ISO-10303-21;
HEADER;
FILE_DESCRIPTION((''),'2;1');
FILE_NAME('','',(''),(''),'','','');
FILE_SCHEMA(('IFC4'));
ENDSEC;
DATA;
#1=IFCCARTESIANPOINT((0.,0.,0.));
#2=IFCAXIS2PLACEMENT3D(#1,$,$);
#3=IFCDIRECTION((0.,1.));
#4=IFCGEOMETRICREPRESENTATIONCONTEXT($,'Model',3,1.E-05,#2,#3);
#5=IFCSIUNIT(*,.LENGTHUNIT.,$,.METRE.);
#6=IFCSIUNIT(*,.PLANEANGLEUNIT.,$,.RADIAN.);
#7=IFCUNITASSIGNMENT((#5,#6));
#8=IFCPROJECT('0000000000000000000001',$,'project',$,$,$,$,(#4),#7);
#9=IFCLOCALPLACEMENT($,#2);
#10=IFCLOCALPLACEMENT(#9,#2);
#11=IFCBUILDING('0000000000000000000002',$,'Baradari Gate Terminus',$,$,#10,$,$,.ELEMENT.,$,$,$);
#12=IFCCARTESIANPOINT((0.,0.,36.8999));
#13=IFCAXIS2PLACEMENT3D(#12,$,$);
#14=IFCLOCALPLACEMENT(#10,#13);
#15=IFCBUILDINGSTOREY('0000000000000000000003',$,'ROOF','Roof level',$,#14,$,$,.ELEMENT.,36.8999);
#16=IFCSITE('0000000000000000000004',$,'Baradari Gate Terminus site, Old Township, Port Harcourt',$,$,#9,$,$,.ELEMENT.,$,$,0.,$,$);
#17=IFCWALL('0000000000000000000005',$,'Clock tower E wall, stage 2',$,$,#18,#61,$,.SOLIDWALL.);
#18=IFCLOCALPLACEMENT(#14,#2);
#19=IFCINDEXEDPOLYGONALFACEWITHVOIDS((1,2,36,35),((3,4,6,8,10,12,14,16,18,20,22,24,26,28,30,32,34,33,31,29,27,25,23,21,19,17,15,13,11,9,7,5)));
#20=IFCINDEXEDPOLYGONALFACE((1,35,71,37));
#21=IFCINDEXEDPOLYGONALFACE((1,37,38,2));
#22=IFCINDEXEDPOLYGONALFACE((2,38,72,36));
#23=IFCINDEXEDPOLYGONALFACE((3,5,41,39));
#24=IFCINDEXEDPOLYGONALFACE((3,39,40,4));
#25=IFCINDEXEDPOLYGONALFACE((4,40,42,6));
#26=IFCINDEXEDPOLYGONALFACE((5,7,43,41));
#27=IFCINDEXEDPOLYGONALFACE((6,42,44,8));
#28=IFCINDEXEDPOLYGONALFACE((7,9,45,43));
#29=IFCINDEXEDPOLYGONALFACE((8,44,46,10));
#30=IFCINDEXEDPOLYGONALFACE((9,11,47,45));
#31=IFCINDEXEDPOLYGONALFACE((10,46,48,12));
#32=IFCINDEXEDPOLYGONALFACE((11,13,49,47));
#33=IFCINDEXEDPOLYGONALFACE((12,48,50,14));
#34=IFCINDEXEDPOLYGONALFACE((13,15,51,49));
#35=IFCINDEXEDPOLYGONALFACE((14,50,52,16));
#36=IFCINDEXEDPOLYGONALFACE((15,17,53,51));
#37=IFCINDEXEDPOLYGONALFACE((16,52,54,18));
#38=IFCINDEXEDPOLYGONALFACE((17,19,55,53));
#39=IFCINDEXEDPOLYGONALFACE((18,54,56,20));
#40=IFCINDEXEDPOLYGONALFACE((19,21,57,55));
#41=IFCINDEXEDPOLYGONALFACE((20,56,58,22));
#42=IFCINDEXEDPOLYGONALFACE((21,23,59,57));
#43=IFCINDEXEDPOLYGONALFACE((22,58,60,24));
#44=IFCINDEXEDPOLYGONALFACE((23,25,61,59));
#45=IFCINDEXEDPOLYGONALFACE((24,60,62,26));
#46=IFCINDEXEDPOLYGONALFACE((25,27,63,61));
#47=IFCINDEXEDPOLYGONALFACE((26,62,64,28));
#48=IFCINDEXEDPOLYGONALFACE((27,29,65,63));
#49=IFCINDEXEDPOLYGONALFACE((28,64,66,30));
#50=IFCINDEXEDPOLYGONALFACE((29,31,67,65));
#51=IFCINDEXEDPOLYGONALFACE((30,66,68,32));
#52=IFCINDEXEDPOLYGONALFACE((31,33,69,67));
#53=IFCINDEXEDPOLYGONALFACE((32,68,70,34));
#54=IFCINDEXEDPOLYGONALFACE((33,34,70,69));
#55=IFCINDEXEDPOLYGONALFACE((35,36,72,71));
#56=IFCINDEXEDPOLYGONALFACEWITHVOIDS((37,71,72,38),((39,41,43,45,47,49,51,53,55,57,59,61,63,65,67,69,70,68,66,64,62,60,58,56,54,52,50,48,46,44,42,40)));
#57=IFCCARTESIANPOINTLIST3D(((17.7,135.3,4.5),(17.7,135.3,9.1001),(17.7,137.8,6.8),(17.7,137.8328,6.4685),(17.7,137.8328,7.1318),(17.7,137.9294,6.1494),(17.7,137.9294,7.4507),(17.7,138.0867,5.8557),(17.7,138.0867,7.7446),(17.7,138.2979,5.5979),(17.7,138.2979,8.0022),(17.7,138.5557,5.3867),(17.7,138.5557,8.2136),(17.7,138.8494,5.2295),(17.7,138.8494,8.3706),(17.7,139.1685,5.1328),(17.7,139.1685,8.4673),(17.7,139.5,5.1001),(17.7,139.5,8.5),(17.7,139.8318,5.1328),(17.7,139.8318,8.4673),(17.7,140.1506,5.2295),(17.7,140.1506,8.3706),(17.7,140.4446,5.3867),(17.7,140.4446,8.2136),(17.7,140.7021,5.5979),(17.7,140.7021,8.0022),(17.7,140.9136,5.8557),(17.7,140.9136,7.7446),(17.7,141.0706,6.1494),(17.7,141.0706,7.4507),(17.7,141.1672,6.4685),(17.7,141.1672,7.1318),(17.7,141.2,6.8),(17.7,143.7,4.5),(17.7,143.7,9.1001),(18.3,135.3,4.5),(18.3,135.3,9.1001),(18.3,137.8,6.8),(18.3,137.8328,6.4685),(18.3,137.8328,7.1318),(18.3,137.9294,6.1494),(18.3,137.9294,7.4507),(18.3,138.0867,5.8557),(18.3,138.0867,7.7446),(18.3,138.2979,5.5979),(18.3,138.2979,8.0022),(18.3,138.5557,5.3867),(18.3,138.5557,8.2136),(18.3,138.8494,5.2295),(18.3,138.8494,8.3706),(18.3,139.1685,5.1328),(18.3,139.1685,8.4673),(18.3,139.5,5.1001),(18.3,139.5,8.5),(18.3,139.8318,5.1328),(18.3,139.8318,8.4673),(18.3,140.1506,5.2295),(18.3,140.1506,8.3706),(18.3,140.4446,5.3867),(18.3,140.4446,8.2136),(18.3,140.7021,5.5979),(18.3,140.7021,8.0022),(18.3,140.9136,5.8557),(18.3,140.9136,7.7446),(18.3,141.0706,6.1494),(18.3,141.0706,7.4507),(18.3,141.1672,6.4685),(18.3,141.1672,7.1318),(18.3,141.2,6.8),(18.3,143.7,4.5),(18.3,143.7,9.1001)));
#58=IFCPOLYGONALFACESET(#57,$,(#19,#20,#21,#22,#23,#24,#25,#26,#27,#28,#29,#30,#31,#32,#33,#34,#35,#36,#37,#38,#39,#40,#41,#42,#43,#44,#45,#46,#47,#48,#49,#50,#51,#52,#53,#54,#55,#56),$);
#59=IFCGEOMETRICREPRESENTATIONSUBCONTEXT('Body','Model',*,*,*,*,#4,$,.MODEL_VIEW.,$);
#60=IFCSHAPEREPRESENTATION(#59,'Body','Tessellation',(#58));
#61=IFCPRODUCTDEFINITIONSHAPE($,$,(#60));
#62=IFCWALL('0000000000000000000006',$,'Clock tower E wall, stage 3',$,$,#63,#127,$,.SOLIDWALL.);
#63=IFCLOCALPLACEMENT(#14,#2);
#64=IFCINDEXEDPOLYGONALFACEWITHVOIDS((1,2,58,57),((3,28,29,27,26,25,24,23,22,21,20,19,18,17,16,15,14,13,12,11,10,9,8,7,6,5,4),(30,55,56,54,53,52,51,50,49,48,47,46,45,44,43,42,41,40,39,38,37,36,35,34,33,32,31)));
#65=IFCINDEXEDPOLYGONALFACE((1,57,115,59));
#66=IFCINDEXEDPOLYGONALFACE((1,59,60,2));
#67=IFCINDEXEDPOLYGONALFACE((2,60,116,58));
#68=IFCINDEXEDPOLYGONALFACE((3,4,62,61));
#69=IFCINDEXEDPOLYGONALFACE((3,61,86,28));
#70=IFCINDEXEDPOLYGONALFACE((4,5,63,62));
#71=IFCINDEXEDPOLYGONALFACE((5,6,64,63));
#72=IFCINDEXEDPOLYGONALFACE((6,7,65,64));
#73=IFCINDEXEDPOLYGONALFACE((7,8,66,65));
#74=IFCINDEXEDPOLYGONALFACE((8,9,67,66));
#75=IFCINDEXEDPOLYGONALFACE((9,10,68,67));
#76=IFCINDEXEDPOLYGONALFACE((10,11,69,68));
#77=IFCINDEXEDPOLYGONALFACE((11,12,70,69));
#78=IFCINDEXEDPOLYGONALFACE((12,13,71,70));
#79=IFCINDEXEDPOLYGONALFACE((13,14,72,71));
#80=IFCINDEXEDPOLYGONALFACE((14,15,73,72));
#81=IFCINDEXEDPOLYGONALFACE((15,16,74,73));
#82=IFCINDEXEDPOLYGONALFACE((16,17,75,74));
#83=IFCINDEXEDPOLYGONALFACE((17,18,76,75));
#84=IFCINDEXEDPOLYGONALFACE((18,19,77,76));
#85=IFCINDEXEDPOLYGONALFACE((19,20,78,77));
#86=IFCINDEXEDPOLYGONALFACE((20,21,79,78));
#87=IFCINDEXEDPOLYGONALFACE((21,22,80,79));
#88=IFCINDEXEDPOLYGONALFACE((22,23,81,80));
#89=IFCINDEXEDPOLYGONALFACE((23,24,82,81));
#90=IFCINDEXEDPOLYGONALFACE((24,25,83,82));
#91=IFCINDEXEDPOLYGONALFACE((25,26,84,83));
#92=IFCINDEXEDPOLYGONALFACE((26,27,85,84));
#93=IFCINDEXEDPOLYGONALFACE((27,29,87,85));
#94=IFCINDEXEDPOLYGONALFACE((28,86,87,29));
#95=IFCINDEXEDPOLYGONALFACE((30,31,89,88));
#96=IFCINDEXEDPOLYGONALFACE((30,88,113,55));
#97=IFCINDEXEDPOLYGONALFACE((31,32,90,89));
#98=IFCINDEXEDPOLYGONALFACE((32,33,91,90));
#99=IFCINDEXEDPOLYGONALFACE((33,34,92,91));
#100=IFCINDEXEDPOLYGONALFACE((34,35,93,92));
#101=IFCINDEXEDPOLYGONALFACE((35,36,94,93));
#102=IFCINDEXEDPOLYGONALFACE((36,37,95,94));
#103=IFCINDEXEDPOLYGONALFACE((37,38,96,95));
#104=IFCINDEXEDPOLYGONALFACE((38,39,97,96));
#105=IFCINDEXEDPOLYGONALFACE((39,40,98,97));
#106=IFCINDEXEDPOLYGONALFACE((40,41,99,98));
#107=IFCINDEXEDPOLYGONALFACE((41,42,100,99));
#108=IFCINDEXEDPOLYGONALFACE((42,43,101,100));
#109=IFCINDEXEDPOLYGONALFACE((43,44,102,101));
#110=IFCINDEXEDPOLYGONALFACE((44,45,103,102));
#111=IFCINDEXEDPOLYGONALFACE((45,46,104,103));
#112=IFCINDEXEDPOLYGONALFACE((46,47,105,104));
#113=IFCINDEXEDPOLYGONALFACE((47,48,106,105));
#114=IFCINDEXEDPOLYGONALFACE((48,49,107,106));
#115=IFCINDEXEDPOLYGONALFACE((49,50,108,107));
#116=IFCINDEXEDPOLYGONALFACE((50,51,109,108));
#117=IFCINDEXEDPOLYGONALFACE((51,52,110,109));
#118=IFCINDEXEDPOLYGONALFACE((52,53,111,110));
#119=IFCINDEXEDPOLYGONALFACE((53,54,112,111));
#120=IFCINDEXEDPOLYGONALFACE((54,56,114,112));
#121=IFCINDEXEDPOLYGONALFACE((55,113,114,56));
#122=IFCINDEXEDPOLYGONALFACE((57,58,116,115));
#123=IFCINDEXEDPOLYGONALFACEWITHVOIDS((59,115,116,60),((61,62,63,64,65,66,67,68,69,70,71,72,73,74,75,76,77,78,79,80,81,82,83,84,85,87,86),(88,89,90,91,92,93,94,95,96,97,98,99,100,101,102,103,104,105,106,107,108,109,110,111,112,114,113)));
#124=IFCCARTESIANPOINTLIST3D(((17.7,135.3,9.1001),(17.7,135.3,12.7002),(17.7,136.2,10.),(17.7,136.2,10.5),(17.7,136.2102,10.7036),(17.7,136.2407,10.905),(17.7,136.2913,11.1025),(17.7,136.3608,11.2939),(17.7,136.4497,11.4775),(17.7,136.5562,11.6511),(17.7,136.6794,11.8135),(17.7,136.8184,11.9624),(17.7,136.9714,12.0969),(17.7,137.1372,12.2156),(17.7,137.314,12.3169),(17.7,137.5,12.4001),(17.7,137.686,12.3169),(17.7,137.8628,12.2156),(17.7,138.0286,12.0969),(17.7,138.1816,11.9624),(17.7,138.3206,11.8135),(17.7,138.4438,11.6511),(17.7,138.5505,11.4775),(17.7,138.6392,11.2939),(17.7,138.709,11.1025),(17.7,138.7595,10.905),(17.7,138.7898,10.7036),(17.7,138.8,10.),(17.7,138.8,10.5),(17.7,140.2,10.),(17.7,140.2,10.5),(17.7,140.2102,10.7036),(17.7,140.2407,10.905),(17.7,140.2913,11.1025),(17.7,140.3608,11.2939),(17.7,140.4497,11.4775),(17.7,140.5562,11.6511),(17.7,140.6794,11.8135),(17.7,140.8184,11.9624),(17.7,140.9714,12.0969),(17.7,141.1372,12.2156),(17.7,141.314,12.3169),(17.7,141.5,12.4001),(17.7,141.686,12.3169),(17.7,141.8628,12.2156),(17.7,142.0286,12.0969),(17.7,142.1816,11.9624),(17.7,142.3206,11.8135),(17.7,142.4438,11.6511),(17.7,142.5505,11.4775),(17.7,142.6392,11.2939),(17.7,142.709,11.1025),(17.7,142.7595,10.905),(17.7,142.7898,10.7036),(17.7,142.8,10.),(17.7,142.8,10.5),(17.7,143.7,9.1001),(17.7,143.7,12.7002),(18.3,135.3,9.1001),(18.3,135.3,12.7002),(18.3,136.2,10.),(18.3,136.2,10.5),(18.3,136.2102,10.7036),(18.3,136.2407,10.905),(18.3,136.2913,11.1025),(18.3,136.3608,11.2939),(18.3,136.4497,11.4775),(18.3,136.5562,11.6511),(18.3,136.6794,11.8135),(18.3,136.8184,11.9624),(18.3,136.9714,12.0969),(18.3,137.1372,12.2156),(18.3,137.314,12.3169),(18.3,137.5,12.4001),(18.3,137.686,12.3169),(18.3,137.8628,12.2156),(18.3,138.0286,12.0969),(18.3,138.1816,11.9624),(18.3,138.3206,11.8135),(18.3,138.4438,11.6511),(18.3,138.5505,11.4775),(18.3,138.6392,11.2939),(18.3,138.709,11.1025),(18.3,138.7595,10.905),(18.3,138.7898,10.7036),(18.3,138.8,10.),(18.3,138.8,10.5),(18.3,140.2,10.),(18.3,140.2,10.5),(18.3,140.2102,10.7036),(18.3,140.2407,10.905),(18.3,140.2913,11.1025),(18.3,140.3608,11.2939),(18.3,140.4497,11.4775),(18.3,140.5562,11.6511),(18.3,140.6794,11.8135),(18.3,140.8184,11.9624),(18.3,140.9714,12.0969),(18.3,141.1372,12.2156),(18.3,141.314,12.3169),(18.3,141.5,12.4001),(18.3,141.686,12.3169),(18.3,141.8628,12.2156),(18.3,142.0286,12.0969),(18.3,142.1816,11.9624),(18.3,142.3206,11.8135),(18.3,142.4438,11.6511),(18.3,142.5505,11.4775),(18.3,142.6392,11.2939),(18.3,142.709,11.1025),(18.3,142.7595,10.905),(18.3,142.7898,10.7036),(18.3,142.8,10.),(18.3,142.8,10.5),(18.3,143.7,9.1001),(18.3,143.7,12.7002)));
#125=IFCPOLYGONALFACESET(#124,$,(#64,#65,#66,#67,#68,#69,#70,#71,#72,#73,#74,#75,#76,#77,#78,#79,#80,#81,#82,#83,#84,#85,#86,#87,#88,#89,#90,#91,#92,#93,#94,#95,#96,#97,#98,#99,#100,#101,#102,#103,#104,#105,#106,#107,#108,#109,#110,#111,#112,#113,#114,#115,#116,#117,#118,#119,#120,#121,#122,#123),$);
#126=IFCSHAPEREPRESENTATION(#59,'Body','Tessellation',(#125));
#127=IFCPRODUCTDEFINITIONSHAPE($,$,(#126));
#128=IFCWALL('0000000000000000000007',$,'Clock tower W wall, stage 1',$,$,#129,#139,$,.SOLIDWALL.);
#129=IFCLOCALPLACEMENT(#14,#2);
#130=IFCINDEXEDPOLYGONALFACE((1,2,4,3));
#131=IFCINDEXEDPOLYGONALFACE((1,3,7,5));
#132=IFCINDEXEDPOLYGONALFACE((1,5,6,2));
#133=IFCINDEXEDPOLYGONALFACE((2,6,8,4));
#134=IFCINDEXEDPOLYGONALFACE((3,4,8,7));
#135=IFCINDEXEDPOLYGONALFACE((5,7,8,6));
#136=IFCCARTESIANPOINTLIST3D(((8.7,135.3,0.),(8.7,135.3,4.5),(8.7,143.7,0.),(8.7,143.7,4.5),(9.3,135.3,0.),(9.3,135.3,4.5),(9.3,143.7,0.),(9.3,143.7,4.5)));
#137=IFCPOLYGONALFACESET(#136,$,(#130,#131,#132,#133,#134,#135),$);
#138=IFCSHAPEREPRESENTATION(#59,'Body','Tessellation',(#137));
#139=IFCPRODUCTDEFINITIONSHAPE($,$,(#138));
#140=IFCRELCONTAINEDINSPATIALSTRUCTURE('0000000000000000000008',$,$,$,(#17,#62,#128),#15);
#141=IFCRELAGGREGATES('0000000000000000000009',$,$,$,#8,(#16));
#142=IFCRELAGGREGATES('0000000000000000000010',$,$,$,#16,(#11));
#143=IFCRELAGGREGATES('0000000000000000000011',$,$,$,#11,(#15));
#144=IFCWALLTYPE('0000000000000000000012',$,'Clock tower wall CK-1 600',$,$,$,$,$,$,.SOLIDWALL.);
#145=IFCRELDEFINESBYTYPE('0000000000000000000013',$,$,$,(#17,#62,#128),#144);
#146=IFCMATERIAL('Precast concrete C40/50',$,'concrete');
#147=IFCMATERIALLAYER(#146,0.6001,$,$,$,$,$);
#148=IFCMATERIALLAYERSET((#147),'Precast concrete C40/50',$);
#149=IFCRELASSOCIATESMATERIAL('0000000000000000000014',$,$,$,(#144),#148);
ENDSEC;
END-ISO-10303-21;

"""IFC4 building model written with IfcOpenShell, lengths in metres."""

from ifc_helpers import new_model, si_unit, direction, frame, origin, place, context, subcontext, project, spatial, polyline, outline, extrude, material, layer, layer_set, type_object, element, save


model = new_model("IFC4")

# Units and contexts
model_context = context("Model", 3, precision=1e-05, world=origin(), true_north=direction((0.0, 1.0)))
body_context = subcontext(model_context, "Body", "Model", "MODEL_VIEW")
ifc_project = project(units=[si_unit("LENGTHUNIT", "METRE"), si_unit("PLANEANGLEUNIT", "RADIAN")], contexts=[model_context])

# Site, building, storey
site_placement = place(None, origin())
site = spatial("IfcSite", under=ifc_project, at=site_placement, Name="Baradari Gate Terminus site, Old Township, Port Harcourt", CompositionType="ELEMENT", RefElevation=0.0)
building_placement = place(site_placement, origin())
building = spatial("IfcBuilding", under=site, at=building_placement, Name="Baradari Gate Terminus", CompositionType="ELEMENT")
storey_placement = place(building_placement, frame((0.0, 0.0, 36.8999)))
storey = spatial("IfcBuildingStorey", under=building, at=storey_placement, Name="ROOF", Description="Roof level", CompositionType="ELEMENT", Elevation=36.8999)

# Walls
ifc_material_1 = material(Name="Precast concrete C40/50", Category="concrete")
ifc_layer_1 = layer(ifc_material_1, 0.6001)
ifc_layer_set_1 = layer_set([ifc_layer_1], Name="Precast concrete C40/50")
wall_type_1 = type_object("IfcWallType", Name="Clock tower wall CK-1 600", PredefinedType="SOLIDWALL", material=ifc_layer_set_1)
wall_1_placement = place(storey_placement, frame((18.0, 135.3, 4.5), z_axis=(0.0, 0.0, 1.0), x_axis=(0.0, 1.0, 0.0)))
element("IfcWall", 1, at=wall_1_placement, inside=storey, type_object=wall_type_1, Name="Clock tower E wall, stage 2", PredefinedType="SOLIDWALL", context=body_context, shape_type="SweptSolid", body=[
    extrude(outline(polyline([(8.3999, 0.0), (8.3999, 4.6001), (0.0, 4.6001), (0.0, 0.0), (8.3999, 0.0)]), holes=[polyline([(5.8672, 1.9685), (5.7705, 1.6494), (5.6135, 1.3557), (5.4021, 1.0979), (5.1445, 0.8867), (4.8506, 0.7295), (4.5317, 0.6328), (4.2, 0.6001), (3.8684, 0.6328), (3.5493, 0.7295), (3.2556, 0.8867), (2.9978, 1.0979), (2.7866, 1.3557), (2.6294, 1.6494), (2.5327, 1.9685), (2.5, 2.3), (2.5327, 2.6318), (2.6294, 2.9507), (2.7866, 3.2446), (2.9978, 3.5022), (3.2556, 3.7136), (3.5493, 3.8706), (3.8684, 3.9673), (4.2, 4.0), (4.5317, 3.9673), (4.8506, 3.8706), (5.1445, 3.7136), (5.4021, 3.5022), (5.6135, 3.2446), (5.7705, 2.9507), (5.8672, 2.6318), (5.8999, 2.3), (5.8672, 1.9685)])]), frame((0.0, 0.3, 0.0), z_axis=(0.0, -1.0, 0.0), x_axis=(1.0, 0.0, 0.0)), (0.0, 0.0, 1.0), 0.6001),
])
wall_2_placement = place(storey_placement, frame((18.0, 135.3, 9.1001), z_axis=(0.0, 0.0, 1.0), x_axis=(0.0, 1.0, 0.0)))
element("IfcWall", 2, at=wall_2_placement, inside=storey, type_object=wall_type_1, Name="Clock tower E wall, stage 3", PredefinedType="SOLIDWALL", context=body_context, shape_type="SweptSolid", body=[
    extrude(outline(polyline([(8.3999, 0.0), (8.3999, 3.6001), (0.0, 3.6001), (0.0, 0.0), (8.3999, 0.0)]), holes=[polyline([(0.8999, 0.8999), (0.8999, 1.3999), (0.9102, 1.6035), (0.9407, 1.8049), (0.9912, 2.0024), (1.0608, 2.1938), (1.1497, 2.3774), (1.2561, 2.551), (1.3794, 2.7134), (1.5183, 2.8623), (1.6714, 2.9968), (1.8372, 3.1155), (2.0139, 3.2168), (2.2, 3.3), (2.386, 3.2168), (2.5627, 3.1155), (2.7285, 2.9968), (2.8816, 2.8623), (3.0205, 2.7134), (3.1438, 2.551), (3.2505, 2.3774), (3.3391, 2.1938), (3.4089, 2.0024), (3.4595, 1.8049), (3.4897, 1.6035), (3.5, 1.3999), (3.5, 0.8999), (0.8999, 0.8999)]), polyline([(4.8999, 0.8999), (4.8999, 1.3999), (4.9102, 1.6035), (4.9407, 1.8049), (4.9912, 2.0024), (5.0608, 2.1938), (5.1497, 2.3774), (5.2561, 2.551), (5.3794, 2.7134), (5.5183, 2.8623), (5.6714, 2.9968), (5.8372, 3.1155), (6.0139, 3.2168), (6.2, 3.3), (6.386, 3.2168), (6.5627, 3.1155), (6.7285, 2.9968), (6.8816, 2.8623), (7.0205, 2.7134), (7.1438, 2.551), (7.2505, 2.3774), (7.3391, 2.1938), (7.4089, 2.0024), (7.4595, 1.8049), (7.4897, 1.6035), (7.5, 1.3999), (7.5, 0.8999), (4.8999, 0.8999)])]), frame((0.0, 0.3, 0.0), z_axis=(0.0, -1.0, 0.0), x_axis=(1.0, 0.0, 0.0)), (0.0, 0.0, 1.0), 0.6001),
])
wall_3_placement = place(storey_placement, frame((9.0, 135.3, 0.0), z_axis=(0.0, 0.0, 1.0), x_axis=(0.0, 1.0, 0.0)))
element("IfcWall", 3, at=wall_3_placement, inside=storey, type_object=wall_type_1, Name="Clock tower W wall, stage 1", PredefinedType="SOLIDWALL", context=body_context, shape_type="SweptSolid", body=[
    extrude(outline(polyline([(8.3999, 0.0), (8.3999, 4.5), (0.0, 4.5), (0.0, 0.0), (8.3999, 0.0)])), frame((0.0, 0.3, 0.0), z_axis=(0.0, -1.0, 0.0), x_axis=(1.0, 0.0, 0.0)), (0.0, 0.0, 1.0), 0.6001),
])

save(model, "model.ifc")
